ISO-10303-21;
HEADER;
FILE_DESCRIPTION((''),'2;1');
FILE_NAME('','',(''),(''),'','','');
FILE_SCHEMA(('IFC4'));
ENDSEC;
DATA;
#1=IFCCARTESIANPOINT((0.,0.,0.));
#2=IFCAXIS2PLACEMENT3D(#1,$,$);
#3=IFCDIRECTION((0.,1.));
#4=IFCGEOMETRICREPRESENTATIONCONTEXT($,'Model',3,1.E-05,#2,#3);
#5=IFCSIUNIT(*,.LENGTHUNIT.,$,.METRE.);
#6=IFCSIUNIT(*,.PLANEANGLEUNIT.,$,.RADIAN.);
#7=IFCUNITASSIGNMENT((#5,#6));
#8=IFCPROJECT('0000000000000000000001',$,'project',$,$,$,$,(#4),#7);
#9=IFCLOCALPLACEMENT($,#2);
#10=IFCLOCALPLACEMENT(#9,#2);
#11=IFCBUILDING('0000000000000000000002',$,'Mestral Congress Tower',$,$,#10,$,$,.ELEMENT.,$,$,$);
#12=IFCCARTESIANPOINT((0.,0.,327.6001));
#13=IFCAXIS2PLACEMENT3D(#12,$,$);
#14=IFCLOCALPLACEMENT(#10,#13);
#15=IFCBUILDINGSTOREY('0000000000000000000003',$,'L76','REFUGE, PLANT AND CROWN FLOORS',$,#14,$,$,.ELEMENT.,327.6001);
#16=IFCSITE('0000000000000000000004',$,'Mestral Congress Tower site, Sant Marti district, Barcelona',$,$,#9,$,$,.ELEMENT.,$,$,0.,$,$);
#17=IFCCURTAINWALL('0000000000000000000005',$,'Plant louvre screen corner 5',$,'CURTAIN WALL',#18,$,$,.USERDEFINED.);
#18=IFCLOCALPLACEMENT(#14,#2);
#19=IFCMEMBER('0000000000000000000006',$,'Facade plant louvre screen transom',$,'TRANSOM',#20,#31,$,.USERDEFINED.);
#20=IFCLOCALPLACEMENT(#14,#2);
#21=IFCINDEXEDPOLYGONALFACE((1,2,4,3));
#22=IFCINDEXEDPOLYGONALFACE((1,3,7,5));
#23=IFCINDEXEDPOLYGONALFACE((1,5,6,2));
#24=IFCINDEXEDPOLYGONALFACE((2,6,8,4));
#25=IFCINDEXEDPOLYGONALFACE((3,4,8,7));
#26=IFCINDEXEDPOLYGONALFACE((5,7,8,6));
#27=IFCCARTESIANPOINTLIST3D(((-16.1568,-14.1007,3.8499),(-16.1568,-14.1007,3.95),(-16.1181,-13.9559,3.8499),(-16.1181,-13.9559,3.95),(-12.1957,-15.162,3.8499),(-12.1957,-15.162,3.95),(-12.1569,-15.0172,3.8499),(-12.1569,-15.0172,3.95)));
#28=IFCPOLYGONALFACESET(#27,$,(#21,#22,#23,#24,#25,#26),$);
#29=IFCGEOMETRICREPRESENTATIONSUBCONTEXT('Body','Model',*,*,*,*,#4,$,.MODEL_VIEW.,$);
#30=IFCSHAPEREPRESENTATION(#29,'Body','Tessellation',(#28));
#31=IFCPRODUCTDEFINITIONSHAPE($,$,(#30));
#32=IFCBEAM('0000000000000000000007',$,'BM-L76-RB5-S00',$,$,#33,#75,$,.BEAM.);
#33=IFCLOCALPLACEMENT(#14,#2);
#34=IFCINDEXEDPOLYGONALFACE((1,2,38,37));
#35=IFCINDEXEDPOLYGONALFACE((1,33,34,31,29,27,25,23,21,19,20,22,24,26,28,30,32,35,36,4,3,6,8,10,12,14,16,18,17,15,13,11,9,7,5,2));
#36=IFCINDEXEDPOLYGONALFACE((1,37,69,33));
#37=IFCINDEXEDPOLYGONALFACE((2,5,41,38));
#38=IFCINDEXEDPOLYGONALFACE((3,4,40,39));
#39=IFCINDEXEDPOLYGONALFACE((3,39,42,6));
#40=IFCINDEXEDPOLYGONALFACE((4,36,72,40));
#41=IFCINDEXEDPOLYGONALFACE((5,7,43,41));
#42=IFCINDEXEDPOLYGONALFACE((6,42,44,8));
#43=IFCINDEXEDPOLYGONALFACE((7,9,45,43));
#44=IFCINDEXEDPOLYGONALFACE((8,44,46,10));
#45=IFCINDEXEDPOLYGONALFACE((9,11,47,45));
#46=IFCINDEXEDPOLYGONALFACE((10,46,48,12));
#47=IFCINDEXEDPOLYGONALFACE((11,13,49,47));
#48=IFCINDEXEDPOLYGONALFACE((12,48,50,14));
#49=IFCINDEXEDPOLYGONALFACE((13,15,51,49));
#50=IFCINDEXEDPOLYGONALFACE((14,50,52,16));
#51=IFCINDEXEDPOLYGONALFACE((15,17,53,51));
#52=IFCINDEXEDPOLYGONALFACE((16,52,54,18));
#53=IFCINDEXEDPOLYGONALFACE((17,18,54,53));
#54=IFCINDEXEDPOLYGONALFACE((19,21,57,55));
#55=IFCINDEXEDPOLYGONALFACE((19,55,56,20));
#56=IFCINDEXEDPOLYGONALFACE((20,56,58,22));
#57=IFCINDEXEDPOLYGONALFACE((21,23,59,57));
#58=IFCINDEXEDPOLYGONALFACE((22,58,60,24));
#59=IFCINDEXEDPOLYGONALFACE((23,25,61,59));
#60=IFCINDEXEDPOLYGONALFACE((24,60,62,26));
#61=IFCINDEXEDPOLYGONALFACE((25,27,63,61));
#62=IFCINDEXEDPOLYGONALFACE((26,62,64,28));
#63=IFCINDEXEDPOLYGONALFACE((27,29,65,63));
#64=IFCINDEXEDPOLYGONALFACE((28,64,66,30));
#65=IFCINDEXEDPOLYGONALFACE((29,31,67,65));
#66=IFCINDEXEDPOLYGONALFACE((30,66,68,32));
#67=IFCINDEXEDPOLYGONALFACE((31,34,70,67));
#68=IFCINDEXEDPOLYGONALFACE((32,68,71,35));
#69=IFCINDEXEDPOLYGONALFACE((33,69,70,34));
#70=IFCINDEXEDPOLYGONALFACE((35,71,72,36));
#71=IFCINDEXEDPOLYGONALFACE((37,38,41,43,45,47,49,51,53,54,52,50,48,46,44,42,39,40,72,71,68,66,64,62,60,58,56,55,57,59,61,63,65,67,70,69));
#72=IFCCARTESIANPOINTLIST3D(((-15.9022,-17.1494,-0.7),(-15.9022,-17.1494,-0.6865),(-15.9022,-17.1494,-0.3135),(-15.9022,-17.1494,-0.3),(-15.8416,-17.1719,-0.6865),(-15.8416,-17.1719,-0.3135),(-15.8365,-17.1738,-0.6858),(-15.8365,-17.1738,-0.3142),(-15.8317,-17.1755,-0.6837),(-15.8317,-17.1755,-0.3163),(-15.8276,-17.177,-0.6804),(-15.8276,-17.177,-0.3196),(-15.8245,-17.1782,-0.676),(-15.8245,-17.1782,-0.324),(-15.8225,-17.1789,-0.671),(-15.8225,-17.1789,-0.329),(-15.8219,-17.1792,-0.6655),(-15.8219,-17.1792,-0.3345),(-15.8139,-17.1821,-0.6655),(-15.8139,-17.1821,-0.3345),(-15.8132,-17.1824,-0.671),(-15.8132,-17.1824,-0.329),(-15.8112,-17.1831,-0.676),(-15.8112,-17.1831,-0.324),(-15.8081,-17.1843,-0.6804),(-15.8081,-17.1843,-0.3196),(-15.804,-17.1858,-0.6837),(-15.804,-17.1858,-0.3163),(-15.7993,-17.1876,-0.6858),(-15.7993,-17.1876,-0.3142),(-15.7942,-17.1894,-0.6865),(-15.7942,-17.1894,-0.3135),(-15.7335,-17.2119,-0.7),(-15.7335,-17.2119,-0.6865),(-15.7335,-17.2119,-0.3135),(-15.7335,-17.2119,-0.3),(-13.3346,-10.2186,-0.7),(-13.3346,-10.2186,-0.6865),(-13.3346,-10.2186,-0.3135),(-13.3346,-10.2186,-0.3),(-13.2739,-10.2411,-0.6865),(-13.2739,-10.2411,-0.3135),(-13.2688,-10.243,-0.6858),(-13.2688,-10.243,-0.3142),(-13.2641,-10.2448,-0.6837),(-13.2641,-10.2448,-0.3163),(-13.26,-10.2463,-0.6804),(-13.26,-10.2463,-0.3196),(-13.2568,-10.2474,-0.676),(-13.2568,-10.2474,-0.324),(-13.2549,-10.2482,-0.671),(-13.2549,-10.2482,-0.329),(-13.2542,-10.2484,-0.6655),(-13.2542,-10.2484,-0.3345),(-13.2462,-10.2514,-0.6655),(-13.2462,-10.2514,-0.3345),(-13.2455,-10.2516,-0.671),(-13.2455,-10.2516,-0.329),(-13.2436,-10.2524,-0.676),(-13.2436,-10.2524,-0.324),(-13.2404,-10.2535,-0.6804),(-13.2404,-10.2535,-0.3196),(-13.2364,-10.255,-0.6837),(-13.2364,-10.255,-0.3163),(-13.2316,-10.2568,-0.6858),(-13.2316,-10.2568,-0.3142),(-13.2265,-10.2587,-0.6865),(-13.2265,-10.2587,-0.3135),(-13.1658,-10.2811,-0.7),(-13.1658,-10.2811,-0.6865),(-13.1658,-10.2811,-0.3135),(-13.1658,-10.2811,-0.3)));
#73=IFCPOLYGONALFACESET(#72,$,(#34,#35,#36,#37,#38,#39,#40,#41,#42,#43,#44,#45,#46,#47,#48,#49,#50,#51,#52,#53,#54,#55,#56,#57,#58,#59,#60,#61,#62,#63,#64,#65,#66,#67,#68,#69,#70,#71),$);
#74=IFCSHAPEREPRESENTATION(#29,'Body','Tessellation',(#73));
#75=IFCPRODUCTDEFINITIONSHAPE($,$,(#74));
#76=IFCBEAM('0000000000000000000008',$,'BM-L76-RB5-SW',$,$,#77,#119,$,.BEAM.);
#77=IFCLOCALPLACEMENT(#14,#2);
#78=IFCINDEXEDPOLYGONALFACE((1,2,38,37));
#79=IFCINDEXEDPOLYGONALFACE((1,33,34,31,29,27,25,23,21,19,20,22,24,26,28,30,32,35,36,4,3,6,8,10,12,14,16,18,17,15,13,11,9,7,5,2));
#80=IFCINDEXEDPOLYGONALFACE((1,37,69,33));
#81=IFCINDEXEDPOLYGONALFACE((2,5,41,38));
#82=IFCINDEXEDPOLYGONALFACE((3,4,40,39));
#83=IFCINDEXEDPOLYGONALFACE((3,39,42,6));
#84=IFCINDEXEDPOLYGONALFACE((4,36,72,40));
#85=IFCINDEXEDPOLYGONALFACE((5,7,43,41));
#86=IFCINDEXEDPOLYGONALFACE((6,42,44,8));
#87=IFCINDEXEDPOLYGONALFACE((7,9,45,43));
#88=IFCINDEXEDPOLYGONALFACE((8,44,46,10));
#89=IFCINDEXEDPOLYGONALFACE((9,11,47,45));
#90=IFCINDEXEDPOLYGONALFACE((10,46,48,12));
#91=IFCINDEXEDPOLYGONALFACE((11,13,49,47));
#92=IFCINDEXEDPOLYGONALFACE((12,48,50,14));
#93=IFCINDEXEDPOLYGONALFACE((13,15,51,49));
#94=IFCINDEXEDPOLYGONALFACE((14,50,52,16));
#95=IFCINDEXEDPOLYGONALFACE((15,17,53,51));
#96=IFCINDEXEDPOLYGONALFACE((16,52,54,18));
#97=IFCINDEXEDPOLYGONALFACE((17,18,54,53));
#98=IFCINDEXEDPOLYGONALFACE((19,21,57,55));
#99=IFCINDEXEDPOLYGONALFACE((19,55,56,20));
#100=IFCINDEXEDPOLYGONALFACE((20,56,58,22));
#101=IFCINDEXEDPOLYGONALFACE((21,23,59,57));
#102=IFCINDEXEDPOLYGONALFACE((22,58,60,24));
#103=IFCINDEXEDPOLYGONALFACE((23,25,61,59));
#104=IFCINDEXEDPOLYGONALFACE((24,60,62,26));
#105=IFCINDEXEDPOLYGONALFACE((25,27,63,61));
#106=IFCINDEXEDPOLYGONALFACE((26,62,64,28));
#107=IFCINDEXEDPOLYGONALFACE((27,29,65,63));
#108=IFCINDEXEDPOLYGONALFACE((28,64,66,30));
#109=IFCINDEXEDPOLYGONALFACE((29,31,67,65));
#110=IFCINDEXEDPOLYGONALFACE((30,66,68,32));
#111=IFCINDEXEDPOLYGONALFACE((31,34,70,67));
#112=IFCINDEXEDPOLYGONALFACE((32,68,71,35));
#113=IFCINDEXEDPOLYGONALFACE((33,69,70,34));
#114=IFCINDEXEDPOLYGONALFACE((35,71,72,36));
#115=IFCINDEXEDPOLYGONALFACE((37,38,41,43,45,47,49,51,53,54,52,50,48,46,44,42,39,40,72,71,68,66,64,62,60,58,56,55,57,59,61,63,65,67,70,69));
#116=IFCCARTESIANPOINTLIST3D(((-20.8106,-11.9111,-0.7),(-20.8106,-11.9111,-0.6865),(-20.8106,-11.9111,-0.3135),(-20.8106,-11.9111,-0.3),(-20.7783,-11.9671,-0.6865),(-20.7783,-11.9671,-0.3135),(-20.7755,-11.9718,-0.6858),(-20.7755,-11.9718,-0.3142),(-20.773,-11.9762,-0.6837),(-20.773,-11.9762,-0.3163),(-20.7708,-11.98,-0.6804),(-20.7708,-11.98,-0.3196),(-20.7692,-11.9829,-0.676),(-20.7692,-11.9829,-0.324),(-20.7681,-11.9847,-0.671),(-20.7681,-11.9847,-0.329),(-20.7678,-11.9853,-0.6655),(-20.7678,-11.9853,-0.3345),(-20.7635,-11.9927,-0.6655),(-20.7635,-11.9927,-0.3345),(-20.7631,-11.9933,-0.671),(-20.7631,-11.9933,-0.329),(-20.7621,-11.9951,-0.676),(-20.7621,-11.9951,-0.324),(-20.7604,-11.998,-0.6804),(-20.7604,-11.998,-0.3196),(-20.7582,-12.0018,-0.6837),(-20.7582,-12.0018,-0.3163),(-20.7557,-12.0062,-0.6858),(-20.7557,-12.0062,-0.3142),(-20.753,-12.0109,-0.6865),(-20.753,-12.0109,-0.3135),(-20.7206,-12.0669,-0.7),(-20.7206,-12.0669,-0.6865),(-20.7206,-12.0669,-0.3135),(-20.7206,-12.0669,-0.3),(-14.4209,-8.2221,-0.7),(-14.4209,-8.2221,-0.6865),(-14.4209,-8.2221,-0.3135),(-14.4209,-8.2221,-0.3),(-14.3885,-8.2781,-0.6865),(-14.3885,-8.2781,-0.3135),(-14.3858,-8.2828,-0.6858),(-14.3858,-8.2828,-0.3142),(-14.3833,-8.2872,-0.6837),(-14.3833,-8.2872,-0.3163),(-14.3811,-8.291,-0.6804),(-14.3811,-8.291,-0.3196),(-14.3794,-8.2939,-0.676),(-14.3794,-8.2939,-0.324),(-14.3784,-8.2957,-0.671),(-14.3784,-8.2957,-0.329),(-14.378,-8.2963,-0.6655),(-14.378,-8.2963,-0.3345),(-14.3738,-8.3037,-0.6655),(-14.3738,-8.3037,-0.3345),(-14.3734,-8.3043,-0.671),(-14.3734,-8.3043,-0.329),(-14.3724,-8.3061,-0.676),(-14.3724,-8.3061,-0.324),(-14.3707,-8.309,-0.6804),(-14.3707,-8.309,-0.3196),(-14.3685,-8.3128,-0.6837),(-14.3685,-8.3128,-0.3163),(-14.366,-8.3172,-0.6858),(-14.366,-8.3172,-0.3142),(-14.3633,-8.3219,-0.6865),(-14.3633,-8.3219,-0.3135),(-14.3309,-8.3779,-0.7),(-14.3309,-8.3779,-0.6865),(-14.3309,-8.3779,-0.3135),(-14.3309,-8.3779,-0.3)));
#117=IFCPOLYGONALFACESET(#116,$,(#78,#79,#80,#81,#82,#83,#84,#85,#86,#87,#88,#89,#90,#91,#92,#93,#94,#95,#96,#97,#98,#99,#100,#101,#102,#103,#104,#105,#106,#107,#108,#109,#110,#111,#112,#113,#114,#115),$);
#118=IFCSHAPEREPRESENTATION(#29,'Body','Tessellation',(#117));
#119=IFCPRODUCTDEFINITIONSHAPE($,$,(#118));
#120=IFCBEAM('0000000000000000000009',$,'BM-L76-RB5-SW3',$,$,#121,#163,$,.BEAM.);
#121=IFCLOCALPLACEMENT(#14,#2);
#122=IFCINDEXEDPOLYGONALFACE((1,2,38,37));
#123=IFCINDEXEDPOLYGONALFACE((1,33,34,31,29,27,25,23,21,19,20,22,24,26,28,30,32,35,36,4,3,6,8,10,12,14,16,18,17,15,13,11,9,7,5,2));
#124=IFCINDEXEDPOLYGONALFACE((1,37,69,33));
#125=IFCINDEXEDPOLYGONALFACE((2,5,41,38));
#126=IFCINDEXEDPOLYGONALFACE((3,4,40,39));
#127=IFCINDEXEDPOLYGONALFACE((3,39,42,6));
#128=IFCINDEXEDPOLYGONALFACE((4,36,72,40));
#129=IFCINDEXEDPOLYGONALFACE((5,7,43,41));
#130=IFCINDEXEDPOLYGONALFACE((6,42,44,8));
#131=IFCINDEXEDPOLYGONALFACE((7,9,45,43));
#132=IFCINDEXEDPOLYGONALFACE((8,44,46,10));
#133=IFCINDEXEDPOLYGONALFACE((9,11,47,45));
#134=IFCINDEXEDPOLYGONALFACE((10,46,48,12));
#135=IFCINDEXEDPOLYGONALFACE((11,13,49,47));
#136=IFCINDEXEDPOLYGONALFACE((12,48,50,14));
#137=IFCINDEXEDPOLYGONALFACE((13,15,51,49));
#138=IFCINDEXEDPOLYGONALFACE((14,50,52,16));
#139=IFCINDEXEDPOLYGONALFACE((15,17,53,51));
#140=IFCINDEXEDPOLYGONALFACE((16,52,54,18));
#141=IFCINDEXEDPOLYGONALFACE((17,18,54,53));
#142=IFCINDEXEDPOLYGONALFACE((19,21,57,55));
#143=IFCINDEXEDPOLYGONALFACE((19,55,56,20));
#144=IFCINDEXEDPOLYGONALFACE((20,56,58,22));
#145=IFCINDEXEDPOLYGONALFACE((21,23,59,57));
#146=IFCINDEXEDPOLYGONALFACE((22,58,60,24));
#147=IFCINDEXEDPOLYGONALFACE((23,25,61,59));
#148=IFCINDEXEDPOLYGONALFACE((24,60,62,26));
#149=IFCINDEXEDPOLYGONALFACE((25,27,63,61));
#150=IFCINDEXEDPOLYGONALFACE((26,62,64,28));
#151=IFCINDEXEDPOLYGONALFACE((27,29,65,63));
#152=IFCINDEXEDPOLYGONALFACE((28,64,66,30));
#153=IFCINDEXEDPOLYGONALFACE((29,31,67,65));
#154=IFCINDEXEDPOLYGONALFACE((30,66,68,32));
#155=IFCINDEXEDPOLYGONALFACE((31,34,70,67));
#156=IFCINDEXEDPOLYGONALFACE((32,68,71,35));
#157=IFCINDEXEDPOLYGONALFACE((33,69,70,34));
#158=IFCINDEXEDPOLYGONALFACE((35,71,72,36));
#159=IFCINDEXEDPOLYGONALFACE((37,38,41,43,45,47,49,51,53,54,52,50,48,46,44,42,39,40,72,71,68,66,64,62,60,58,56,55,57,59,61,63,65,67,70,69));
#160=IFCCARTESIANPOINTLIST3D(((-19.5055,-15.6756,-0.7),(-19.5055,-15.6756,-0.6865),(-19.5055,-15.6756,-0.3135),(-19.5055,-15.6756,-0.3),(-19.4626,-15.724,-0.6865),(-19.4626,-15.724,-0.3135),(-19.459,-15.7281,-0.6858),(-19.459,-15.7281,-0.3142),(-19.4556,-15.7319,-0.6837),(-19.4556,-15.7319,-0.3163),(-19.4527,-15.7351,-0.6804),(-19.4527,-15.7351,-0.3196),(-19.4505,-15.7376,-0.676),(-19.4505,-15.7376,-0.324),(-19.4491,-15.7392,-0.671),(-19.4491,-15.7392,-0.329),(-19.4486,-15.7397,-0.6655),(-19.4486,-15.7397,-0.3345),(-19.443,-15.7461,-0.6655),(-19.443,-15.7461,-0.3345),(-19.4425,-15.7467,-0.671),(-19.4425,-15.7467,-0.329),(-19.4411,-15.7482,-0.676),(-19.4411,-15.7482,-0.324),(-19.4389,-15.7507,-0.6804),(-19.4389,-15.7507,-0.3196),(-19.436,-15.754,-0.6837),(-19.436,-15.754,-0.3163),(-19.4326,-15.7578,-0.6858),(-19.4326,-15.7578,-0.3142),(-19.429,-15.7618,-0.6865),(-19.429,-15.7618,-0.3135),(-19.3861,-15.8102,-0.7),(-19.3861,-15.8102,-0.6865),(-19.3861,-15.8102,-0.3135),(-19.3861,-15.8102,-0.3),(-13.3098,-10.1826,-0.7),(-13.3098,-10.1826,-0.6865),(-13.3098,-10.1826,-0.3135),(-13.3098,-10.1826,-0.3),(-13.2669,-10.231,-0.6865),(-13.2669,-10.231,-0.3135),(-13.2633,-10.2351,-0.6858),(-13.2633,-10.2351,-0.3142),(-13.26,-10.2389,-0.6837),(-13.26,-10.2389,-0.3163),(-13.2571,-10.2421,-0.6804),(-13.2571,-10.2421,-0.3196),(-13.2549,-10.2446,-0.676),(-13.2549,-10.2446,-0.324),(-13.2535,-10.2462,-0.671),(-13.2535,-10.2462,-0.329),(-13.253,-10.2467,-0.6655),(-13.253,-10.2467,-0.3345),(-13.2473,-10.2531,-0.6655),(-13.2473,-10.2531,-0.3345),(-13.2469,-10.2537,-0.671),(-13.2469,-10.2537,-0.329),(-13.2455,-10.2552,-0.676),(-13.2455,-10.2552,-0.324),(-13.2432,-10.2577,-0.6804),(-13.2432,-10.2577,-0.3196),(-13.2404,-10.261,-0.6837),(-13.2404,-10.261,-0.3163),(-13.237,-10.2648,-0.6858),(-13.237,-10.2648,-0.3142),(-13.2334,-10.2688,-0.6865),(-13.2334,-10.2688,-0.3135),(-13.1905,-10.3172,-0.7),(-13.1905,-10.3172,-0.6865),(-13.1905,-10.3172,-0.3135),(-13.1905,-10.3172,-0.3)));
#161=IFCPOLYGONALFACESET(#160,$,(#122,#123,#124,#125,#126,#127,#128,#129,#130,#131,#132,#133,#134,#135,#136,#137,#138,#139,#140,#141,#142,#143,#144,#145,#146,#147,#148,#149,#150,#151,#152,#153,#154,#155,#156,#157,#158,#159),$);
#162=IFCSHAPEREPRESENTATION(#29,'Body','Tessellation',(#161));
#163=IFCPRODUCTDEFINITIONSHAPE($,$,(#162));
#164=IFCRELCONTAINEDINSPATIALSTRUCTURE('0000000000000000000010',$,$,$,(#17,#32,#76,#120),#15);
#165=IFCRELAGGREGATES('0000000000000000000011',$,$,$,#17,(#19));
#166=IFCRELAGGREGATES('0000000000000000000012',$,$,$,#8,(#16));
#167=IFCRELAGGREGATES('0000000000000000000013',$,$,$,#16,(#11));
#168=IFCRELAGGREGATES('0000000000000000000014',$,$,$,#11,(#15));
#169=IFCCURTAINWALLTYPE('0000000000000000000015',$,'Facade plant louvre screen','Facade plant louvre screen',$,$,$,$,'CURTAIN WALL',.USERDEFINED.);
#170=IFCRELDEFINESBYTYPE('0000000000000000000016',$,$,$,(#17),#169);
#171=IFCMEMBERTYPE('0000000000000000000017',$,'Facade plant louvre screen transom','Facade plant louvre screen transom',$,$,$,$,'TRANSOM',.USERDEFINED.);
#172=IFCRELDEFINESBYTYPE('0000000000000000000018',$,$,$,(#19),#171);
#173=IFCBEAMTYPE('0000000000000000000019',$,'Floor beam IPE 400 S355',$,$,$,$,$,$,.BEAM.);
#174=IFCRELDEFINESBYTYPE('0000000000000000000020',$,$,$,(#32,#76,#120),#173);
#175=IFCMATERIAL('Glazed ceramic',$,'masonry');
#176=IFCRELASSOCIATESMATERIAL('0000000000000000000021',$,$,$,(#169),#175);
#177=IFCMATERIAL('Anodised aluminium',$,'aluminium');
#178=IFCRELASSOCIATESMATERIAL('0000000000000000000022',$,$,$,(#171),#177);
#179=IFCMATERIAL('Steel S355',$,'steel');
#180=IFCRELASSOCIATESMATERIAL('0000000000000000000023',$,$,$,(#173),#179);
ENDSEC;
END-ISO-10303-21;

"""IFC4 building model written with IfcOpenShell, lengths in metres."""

from ifc_helpers import new_model, si_unit, direction, frame, origin, origin_2d, place, context, subcontext, project, spatial, rectangle, i_section, extrude, material, material_profile, profile_set, type_object, element, aggregate, save


model = new_model("IFC4")

# Units and contexts
model_context = context("Model", 3, precision=1e-05, world=origin(), true_north=direction((0.0, 1.0)))
body_context = subcontext(model_context, "Body", "Model", "MODEL_VIEW")
ifc_project = project(units=[si_unit("LENGTHUNIT", "METRE"), si_unit("PLANEANGLEUNIT", "RADIAN")], contexts=[model_context])

# Site, building, storey
site_placement = place(None, origin())
site = spatial("IfcSite", under=ifc_project, at=site_placement, Name="Mestral Congress Tower site, Sant Marti district, Barcelona", CompositionType="ELEMENT", RefElevation=0.0)
building_placement = place(site_placement, origin())
building = spatial("IfcBuilding", under=site, at=building_placement, Name="Mestral Congress Tower", CompositionType="ELEMENT")
storey_placement = place(building_placement, frame((0.0, 0.0, 327.6001)))
storey = spatial("IfcBuildingStorey", under=building, at=storey_placement, Name="L76", Description="REFUGE, PLANT AND CROWN FLOORS", CompositionType="ELEMENT", Elevation=327.6001)

# Shared definitions
ifc_material_1 = material(Name="Steel S355", Category="steel")

# Curtain wall, member
ifc_material_2 = material(Name="Glazed ceramic", Category="masonry")
curtain_wall_type = type_object("IfcCurtainWallType", Name="Facade plant louvre screen", Description="Facade plant louvre screen", ElementType="CURTAIN WALL", PredefinedType="USERDEFINED", material=ifc_material_2)
curtain_wall_placement = place(storey_placement, origin())
curtain_wall = element("IfcCurtainWall", 1, at=curtain_wall_placement, inside=storey, type_object=curtain_wall_type, Name="Plant louvre screen corner 5", ObjectType="CURTAIN WALL", PredefinedType="USERDEFINED")
ifc_material_3 = material(Name="Anodised aluminium", Category="aluminium")
ifc_material_profile_1 = material_profile(ifc_material_3, rectangle(XDim=0.1499, YDim=0.1001, at=origin_2d()), Name="CW6 transom 150 x 100")
ifc_profile_set_1 = profile_set([ifc_material_profile_1], Name="Anodised aluminium")
member_type_1 = type_object("IfcMemberType", Name="Facade plant louvre screen transom", Description="Facade plant louvre screen transom", ElementType="TRANSOM", PredefinedType="USERDEFINED", material=ifc_profile_set_1)
member_1_placement = place(storey_placement, frame((-16.1375, -14.0283, 3.8999), z_axis=(0.965933, -0.258793, 0.0), x_axis=(0.258793, 0.965933, 0.0)))
member_1 = element("IfcMember", 2, at=member_1_placement, type_object=member_type_1, Name="Facade plant louvre screen transom", ObjectType="TRANSOM", PredefinedType="USERDEFINED", context=body_context, shape_type="SweptSolid", body=[
    extrude(rectangle(XDim=0.1499, YDim=0.1001, at=origin_2d()), origin(), (0.0, 0.0, 1.0), 4.1008),
])

# Beams
ifc_material_profile_2 = material_profile(ifc_material_1, i_section(OverallWidth=0.1799, OverallDepth=0.3999, WebThickness=0.0085, FlangeThickness=0.0134, FilletRadius=0.021, at=origin_2d()), Name="IPE 400")
ifc_profile_set_2 = profile_set([ifc_material_profile_2], Name="Steel S355")
beam_type_1 = type_object("IfcBeamType", Name="Floor beam IPE 400 S355", PredefinedType="BEAM", material=ifc_profile_set_2)
beam_1_placement = place(storey_placement, frame((-15.8179, -17.1807, -0.5), z_axis=(0.347399, 0.937717, 0.0), x_axis=(-0.937717, 0.347399, 0.0)))
element("IfcBeam", 3, at=beam_1_placement, inside=storey, type_object=beam_type_1, Name="BM-L76-RB5-S00", PredefinedType="BEAM", context=body_context, shape_type="SweptSolid", body=[
    extrude(i_section(OverallWidth=0.1799, OverallDepth=0.3999, WebThickness=0.0085, FlangeThickness=0.0134, FilletRadius=0.021, at=origin_2d()), origin(), (0.0, 0.0, 1.0), 7.3911),
])
beam_2_placement = place(storey_placement, frame((-20.7656, -11.989, -0.5), z_axis=(0.866031, 0.49999, 0.0), x_axis=(-0.49999, 0.866031, 0.0)))
element("IfcBeam", 4, at=beam_2_placement, inside=storey, type_object=beam_type_1, Name="BM-L76-RB5-SW", PredefinedType="BEAM", context=body_context, shape_type="SweptSolid", body=[
    extrude(i_section(OverallWidth=0.1799, OverallDepth=0.3999, WebThickness=0.0085, FlangeThickness=0.0134, FilletRadius=0.021, at=origin_2d()), origin(), (0.0, 0.0, 1.0), 7.3782),
])
beam_3_placement = place(storey_placement, frame((-19.4458, -15.7429, -0.5), z_axis=(0.748263, 0.663402, 0.0), x_axis=(-0.663402, 0.748263, 0.0)))
element("IfcBeam", 5, at=beam_3_placement, inside=storey, type_object=beam_type_1, Name="BM-L76-RB5-SW3", PredefinedType="BEAM", context=body_context, shape_type="SweptSolid", body=[
    extrude(i_section(OverallWidth=0.1799, OverallDepth=0.3999, WebThickness=0.0085, FlangeThickness=0.0134, FilletRadius=0.021, at=origin_2d()), origin(), (0.0, 0.0, 1.0), 8.28),
])

aggregate(curtain_wall, [member_1])

save(model, "model.ifc")
